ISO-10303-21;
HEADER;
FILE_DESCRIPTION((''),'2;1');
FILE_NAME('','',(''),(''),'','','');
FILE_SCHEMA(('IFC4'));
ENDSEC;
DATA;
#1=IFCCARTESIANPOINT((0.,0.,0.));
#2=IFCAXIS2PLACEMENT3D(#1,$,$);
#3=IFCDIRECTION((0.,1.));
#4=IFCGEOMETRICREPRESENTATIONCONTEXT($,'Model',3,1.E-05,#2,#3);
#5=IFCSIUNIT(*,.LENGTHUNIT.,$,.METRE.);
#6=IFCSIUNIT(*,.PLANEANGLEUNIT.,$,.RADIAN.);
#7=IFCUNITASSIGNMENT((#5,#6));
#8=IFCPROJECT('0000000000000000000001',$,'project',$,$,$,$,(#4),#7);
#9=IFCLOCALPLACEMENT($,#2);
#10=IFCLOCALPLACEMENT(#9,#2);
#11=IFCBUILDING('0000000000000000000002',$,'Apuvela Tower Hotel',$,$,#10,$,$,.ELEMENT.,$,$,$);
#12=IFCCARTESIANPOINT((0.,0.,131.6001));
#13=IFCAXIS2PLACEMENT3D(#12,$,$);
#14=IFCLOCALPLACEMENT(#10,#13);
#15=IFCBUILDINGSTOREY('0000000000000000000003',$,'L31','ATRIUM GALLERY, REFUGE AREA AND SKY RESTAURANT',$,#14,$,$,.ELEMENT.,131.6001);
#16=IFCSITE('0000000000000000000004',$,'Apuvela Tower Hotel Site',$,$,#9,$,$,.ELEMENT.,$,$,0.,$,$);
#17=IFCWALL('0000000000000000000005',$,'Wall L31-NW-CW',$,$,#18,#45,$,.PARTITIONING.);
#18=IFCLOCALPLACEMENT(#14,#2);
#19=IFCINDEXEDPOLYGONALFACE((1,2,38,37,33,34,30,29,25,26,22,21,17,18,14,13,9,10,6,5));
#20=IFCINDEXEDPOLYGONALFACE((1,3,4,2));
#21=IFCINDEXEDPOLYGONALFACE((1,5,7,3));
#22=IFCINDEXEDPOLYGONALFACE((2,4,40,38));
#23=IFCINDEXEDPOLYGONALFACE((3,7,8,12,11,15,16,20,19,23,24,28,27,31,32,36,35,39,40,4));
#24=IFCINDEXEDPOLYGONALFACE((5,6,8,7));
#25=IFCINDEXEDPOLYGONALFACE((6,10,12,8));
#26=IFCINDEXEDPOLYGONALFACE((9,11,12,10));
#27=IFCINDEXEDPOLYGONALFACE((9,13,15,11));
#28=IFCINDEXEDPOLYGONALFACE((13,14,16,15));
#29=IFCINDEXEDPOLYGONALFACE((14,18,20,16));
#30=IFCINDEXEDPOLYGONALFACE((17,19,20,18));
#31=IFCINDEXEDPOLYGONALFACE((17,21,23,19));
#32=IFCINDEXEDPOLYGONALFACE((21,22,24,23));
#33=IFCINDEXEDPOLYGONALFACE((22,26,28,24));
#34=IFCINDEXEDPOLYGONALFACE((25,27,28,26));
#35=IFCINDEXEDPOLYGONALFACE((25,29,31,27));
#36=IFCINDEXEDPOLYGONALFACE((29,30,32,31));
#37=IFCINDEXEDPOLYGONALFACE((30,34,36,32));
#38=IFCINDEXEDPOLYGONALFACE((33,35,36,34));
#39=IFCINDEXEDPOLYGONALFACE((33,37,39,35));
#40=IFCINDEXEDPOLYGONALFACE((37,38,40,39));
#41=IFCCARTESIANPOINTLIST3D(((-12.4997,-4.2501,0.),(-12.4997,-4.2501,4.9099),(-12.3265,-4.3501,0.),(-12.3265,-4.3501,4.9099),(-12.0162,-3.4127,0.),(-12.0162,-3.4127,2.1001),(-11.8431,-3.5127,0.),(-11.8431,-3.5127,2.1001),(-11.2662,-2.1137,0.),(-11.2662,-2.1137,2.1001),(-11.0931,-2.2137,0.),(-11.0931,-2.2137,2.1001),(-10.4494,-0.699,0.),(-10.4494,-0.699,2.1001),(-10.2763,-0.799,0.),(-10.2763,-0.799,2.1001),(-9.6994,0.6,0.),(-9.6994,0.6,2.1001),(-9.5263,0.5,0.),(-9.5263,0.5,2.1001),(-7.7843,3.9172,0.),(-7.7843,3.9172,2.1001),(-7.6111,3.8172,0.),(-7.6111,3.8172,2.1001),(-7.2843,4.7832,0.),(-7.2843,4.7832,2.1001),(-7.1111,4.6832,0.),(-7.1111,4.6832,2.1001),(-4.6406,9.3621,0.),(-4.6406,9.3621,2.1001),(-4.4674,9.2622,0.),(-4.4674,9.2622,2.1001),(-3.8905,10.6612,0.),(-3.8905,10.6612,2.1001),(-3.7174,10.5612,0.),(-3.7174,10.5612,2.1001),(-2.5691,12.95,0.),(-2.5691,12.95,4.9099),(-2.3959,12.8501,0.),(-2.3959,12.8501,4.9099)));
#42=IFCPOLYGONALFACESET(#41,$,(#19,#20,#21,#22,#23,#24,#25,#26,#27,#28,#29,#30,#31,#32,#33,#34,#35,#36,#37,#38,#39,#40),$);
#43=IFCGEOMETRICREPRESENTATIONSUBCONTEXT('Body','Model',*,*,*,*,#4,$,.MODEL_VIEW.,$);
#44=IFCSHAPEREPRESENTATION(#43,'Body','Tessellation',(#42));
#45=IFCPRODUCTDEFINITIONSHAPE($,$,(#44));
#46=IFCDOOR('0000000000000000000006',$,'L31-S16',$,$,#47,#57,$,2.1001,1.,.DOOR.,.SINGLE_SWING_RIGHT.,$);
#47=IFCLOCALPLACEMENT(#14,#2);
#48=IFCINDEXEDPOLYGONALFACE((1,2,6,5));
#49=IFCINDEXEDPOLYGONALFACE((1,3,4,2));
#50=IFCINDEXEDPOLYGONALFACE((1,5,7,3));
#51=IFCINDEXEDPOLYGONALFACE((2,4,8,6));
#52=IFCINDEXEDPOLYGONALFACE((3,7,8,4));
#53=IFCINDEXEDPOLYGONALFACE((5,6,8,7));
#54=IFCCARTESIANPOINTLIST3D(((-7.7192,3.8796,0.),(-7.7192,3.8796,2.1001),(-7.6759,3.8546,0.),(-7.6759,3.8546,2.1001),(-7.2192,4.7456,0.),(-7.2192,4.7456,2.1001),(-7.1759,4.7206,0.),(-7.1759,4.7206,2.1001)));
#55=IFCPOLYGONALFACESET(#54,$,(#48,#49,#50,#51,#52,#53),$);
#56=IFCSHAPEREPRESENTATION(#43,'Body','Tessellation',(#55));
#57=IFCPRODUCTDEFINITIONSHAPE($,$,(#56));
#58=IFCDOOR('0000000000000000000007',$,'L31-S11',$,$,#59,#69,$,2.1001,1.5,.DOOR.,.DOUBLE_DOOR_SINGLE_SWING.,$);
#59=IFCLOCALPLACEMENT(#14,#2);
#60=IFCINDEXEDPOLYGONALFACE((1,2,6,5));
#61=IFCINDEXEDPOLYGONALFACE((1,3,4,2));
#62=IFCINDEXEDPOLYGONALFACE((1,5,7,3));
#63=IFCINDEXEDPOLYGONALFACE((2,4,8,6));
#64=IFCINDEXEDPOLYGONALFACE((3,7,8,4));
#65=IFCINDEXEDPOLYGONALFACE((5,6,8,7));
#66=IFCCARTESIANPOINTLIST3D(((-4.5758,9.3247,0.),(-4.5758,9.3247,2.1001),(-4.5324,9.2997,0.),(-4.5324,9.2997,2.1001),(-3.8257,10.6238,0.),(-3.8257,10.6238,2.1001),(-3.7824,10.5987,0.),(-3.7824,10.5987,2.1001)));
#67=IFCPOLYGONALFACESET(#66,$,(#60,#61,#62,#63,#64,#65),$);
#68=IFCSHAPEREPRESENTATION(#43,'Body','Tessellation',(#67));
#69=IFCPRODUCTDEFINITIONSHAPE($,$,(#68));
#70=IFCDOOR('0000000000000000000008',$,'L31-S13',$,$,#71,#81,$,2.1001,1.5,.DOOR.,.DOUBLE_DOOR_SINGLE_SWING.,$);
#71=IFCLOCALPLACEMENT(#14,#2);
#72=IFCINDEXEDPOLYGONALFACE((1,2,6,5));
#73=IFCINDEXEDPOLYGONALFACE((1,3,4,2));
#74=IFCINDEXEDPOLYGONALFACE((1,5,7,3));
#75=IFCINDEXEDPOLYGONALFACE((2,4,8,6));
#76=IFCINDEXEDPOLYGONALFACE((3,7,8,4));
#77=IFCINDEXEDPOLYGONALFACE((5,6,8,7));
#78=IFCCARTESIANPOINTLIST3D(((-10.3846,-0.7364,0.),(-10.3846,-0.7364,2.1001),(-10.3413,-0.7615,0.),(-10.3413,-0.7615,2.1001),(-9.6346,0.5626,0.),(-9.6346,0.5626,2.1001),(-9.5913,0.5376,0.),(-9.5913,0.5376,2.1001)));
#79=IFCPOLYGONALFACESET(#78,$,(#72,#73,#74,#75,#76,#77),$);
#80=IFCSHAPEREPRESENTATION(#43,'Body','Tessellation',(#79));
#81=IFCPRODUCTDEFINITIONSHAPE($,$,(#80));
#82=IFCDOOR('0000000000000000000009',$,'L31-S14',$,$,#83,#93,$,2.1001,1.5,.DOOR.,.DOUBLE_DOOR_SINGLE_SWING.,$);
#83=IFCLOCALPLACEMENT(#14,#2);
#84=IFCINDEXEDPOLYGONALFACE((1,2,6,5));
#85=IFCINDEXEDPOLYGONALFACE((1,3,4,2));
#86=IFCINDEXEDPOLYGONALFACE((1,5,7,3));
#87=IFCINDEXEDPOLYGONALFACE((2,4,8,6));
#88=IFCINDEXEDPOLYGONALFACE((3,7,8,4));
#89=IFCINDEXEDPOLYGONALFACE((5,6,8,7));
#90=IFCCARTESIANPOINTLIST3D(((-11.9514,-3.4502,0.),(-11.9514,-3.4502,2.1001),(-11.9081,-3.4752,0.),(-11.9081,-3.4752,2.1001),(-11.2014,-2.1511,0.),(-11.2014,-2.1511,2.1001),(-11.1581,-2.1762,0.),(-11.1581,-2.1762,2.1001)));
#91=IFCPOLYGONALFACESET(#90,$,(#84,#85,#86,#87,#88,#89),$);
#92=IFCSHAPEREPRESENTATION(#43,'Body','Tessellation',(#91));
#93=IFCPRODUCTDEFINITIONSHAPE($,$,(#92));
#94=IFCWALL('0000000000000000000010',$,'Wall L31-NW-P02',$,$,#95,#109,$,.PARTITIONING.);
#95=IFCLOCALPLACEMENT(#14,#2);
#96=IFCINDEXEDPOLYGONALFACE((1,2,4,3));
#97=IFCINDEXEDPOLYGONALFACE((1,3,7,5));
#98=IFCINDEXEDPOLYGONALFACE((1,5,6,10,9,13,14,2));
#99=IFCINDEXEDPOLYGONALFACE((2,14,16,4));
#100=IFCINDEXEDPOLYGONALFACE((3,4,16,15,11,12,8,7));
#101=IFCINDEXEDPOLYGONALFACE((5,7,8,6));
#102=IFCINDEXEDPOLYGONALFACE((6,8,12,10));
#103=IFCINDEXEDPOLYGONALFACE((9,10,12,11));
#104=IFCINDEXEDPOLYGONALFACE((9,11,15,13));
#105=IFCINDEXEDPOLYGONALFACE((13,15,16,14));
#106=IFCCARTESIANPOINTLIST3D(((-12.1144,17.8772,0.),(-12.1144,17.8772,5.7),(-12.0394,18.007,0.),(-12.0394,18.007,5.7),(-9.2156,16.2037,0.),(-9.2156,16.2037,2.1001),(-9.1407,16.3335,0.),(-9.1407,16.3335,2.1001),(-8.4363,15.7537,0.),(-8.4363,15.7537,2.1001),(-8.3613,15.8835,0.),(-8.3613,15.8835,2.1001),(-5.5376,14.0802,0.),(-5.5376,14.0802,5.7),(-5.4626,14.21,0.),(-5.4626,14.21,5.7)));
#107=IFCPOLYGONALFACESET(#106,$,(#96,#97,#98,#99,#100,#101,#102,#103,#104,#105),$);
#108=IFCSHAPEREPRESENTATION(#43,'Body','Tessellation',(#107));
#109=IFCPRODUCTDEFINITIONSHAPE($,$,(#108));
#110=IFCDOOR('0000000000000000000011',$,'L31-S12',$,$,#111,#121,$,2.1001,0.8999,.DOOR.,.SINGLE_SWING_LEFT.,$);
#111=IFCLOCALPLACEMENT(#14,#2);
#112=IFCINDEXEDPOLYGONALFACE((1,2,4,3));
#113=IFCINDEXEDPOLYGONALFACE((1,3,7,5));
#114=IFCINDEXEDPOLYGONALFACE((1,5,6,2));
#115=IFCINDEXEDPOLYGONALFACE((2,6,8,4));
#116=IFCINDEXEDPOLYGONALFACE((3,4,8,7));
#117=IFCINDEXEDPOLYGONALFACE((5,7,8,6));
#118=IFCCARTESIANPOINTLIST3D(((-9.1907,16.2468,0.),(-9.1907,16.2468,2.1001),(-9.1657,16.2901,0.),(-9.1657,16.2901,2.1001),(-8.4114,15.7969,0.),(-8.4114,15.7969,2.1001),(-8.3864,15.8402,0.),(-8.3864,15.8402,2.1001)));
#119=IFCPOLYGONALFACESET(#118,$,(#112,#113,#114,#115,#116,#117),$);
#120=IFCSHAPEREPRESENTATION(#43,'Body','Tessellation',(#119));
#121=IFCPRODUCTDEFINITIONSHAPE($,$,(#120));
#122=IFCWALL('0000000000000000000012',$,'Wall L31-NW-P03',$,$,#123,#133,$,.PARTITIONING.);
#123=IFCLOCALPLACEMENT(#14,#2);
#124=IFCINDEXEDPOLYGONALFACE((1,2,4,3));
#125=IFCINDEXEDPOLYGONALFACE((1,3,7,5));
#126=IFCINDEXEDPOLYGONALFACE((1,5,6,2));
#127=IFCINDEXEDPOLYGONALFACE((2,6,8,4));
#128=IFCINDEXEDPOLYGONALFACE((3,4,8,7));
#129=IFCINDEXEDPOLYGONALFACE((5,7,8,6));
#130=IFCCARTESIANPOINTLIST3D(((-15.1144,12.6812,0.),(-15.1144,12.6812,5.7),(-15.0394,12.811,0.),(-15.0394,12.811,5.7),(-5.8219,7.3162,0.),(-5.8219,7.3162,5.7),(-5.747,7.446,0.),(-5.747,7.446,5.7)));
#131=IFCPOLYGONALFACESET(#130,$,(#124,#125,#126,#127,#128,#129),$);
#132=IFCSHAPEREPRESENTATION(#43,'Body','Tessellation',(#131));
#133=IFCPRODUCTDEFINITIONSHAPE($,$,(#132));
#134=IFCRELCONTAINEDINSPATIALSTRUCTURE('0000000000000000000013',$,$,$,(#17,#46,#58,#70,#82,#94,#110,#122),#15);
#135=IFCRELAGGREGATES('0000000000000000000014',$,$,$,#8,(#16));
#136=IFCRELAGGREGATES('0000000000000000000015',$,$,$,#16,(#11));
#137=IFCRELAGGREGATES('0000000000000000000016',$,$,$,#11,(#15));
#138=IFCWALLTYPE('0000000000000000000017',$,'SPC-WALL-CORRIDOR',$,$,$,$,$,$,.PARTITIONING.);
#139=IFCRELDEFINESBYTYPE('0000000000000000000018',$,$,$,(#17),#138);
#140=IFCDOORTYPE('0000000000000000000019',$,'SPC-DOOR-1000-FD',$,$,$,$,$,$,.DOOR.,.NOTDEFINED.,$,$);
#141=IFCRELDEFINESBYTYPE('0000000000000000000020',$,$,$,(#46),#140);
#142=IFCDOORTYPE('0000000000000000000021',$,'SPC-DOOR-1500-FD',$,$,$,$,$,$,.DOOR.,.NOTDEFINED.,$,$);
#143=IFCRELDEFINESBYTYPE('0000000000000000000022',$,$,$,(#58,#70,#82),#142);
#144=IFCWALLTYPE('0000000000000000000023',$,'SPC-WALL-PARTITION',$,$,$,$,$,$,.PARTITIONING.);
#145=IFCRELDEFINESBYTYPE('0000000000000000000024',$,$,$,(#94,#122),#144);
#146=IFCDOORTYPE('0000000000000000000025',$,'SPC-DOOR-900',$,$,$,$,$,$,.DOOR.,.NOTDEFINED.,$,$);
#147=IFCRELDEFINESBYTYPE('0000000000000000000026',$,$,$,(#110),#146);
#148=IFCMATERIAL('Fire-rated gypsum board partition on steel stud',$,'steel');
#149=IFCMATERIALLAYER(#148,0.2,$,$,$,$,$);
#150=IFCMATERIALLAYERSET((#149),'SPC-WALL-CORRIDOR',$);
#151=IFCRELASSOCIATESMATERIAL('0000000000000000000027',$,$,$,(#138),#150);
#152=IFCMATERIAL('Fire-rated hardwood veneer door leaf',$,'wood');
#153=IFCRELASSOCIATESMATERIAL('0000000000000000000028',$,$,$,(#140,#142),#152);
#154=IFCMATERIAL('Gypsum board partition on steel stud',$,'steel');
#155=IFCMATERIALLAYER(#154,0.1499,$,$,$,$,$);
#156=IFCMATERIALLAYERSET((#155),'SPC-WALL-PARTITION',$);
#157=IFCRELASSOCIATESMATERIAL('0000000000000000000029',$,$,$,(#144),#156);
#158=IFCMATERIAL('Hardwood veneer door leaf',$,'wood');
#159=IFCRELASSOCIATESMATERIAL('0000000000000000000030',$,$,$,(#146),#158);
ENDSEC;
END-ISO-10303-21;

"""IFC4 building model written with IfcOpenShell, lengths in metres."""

from ifc_helpers import new_model, si_unit, direction, frame, frame_2d, origin, place, context, subcontext, project, spatial, rectangle, extrude, material, layer, layer_set, type_object, element, fill, save


model = new_model("IFC4")

# Units and contexts
model_context = context("Model", 3, precision=1e-05, world=origin(), true_north=direction((0.0, 1.0)))
body_context = subcontext(model_context, "Body", "Model", "MODEL_VIEW")
ifc_project = project(units=[si_unit("LENGTHUNIT", "METRE"), si_unit("PLANEANGLEUNIT", "RADIAN")], contexts=[model_context])

# Site, building, storey
site_placement = place(None, origin())
site = spatial("IfcSite", under=ifc_project, at=site_placement, Name="Apuvela Tower Hotel Site", CompositionType="ELEMENT", RefElevation=0.0)
building_placement = place(site_placement, origin())
building = spatial("IfcBuilding", under=site, at=building_placement, Name="Apuvela Tower Hotel", CompositionType="ELEMENT")
storey_placement = place(building_placement, frame((0.0, 0.0, 131.6001)))
storey = spatial("IfcBuildingStorey", under=building, at=storey_placement, Name="L31", Description="ATRIUM GALLERY, REFUGE AREA AND SKY RESTAURANT", CompositionType="ELEMENT", Elevation=131.6001)

# Wall, openings, doors
ifc_material_1 = material(Name="Fire-rated gypsum board partition on steel stud", Category="steel")
ifc_layer_1 = layer(ifc_material_1, 0.2)
ifc_layer_set_1 = layer_set([ifc_layer_1], Name="SPC-WALL-CORRIDOR")
wall_type_1 = type_object("IfcWallType", Name="SPC-WALL-CORRIDOR", PredefinedType="PARTITIONING", material=ifc_layer_set_1)
wall_1_placement = place(storey_placement, frame((-2.4824, 12.9001, 0.0), z_axis=(0.0, 0.0, 1.0), x_axis=(-0.500005, -0.866023, 0.0)))
wall_1 = element("IfcWall", 1, at=wall_1_placement, inside=storey, type_object=wall_type_1, Name="Wall L31-NW-CW", PredefinedType="PARTITIONING", context=body_context, shape_type="SweptSolid", body=[
    extrude(rectangle(XDim=19.8611, YDim=0.2, at=frame_2d((9.9307, 0.0))), origin(), (0.0, 0.0, 1.0), 4.9099),
])
opening_1_placement = place(wall_1_placement, frame((2.6431, 0.0, 0.0)))
opening_1 = element("IfcOpeningElement", 2, at=opening_1_placement, cuts=wall_1, PredefinedType="OPENING", context=body_context, shape_type="SweptSolid", body=[
    extrude(rectangle(XDim=1.5, YDim=2.1001, at=frame_2d((0.75, 1.05))), frame((0.0, 0.1099, 0.0), z_axis=(0.0, -1.0, 0.0), x_axis=(1.0, 0.0, 0.0)), (0.0, 0.0, 1.0), 0.22),
])
opening_2_placement = place(wall_1_placement, frame((14.2607, 0.0, 0.0)))
opening_2 = element("IfcOpeningElement", 3, at=opening_2_placement, cuts=wall_1, PredefinedType="OPENING", context=body_context, shape_type="SweptSolid", body=[
    extrude(rectangle(XDim=1.5, YDim=2.1001, at=frame_2d((0.75, 1.05))), frame((0.0, 0.1099, 0.0), z_axis=(0.0, -1.0, 0.0), x_axis=(1.0, 0.0, 0.0)), (0.0, 0.0, 1.0), 0.22),
])
opening_3_placement = place(wall_1_placement, frame((17.3943, 0.0, 0.0)))
opening_3 = element("IfcOpeningElement", 4, at=opening_3_placement, cuts=wall_1, PredefinedType="OPENING", context=body_context, shape_type="SweptSolid", body=[
    extrude(rectangle(XDim=1.5, YDim=2.1001, at=frame_2d((0.75, 1.05))), frame((0.0, 0.1099, 0.0), z_axis=(0.0, -1.0, 0.0), x_axis=(1.0, 0.0, 0.0)), (0.0, 0.0, 1.0), 0.22),
])
opening_4_placement = place(wall_1_placement, frame((9.4304, 0.0, 0.0)))
opening_4 = element("IfcOpeningElement", 5, at=opening_4_placement, cuts=wall_1, PredefinedType="OPENING", context=body_context, shape_type="SweptSolid", body=[
    extrude(rectangle(XDim=1.0, YDim=2.1001, at=frame_2d((0.5, 1.05))), frame((0.0, 0.1099, 0.0), z_axis=(0.0, -1.0, 0.0), x_axis=(1.0, 0.0, 0.0)), (0.0, 0.0, 1.0), 0.22),
])
ifc_material_2 = material(Name="Fire-rated hardwood veneer door leaf", Category="wood")
door_type_1 = type_object("IfcDoorType", Name="SPC-DOOR-1000-FD", OperationType="NOTDEFINED", PredefinedType="DOOR", material=ifc_material_2)
door_1_placement = place(opening_4_placement, frame((1.0, 0.0, 0.0), z_axis=(0.0, 0.0, 1.0), x_axis=(-1.0, 0.0, 0.0)))
door_1 = element("IfcDoor", 6, at=door_1_placement, inside=storey, type_object=door_type_1, Name="L31-S16", OperationType="SINGLE_SWING_RIGHT", OverallHeight=2.1001, OverallWidth=1.0, PredefinedType="DOOR", context=body_context, shape_type="SweptSolid", body=[
    extrude(rectangle(XDim=1.0, YDim=2.1001, at=frame_2d((0.5, 1.05))), frame((0.0, 0.0249, 0.0), z_axis=(0.0, -1.0, 0.0), x_axis=(1.0, 0.0, 0.0)), (0.0, 0.0, 1.0), 0.05),
])
fill(opening_4, door_1)
door_type_2 = type_object("IfcDoorType", Name="SPC-DOOR-1500-FD", OperationType="NOTDEFINED", PredefinedType="DOOR", material=ifc_material_2)
door_2_placement = place(opening_1_placement, origin())
door_2 = element("IfcDoor", 7, at=door_2_placement, inside=storey, type_object=door_type_2, Name="L31-S11", OperationType="DOUBLE_DOOR_SINGLE_SWING", OverallHeight=2.1001, OverallWidth=1.5, PredefinedType="DOOR", context=body_context, shape_type="SweptSolid", body=[
    extrude(rectangle(XDim=1.5, YDim=2.1001, at=frame_2d((0.75, 1.05))), frame((0.0, 0.0249, 0.0), z_axis=(0.0, -1.0, 0.0), x_axis=(1.0, 0.0, 0.0)), (0.0, 0.0, 1.0), 0.05),
])
fill(opening_1, door_2)
door_3_placement = place(opening_2_placement, origin())
door_3 = element("IfcDoor", 8, at=door_3_placement, inside=storey, type_object=door_type_2, Name="L31-S13", OperationType="DOUBLE_DOOR_SINGLE_SWING", OverallHeight=2.1001, OverallWidth=1.5, PredefinedType="DOOR", context=body_context, shape_type="SweptSolid", body=[
    extrude(rectangle(XDim=1.5, YDim=2.1001, at=frame_2d((0.75, 1.05))), frame((0.0, 0.0249, 0.0), z_axis=(0.0, -1.0, 0.0), x_axis=(1.0, 0.0, 0.0)), (0.0, 0.0, 1.0), 0.05),
])
fill(opening_2, door_3)
door_4_placement = place(opening_3_placement, origin())
door_4 = element("IfcDoor", 9, at=door_4_placement, inside=storey, type_object=door_type_2, Name="L31-S14", OperationType="DOUBLE_DOOR_SINGLE_SWING", OverallHeight=2.1001, OverallWidth=1.5, PredefinedType="DOOR", context=body_context, shape_type="SweptSolid", body=[
    extrude(rectangle(XDim=1.5, YDim=2.1001, at=frame_2d((0.75, 1.05))), frame((0.0, 0.0249, 0.0), z_axis=(0.0, -1.0, 0.0), x_axis=(1.0, 0.0, 0.0)), (0.0, 0.0, 1.0), 0.05),
])
fill(opening_3, door_4)

# Wall, opening, door
ifc_material_3 = material(Name="Gypsum board partition on steel stud", Category="steel")
ifc_layer_2 = layer(ifc_material_3, 0.1499)
ifc_layer_set_2 = layer_set([ifc_layer_2], Name="SPC-WALL-PARTITION")
wall_type_2 = type_object("IfcWallType", Name="SPC-WALL-PARTITION", PredefinedType="PARTITIONING", material=ifc_layer_set_2)
wall_2_placement = place(storey_placement, frame((-12.0769, 17.9421, 0.0), z_axis=(0.0, 0.0, 1.0), x_axis=(0.866029, -0.499994, 0.0)))
wall_2 = element("IfcWall", 10, at=wall_2_placement, inside=storey, type_object=wall_type_2, Name="Wall L31-NW-P02", PredefinedType="PARTITIONING", context=body_context, shape_type="SweptSolid", body=[
    extrude(rectangle(XDim=7.5942, YDim=0.1499, at=frame_2d((3.7971, 0.0))), origin(), (0.0, 0.0, 1.0), 5.7),
])
opening_5_placement = place(wall_2_placement, frame((3.3472, 0.0, 0.0)))
opening_5 = element("IfcOpeningElement", 11, at=opening_5_placement, cuts=wall_2, PredefinedType="OPENING", context=body_context, shape_type="SweptSolid", body=[
    extrude(rectangle(XDim=0.8999, YDim=2.1001, at=frame_2d((0.45, 1.05))), frame((0.0, 0.085, 0.0), z_axis=(0.0, -1.0, 0.0), x_axis=(1.0, 0.0, 0.0)), (0.0, 0.0, 1.0), 0.1699),
])
ifc_material_4 = material(Name="Hardwood veneer door leaf", Category="wood")
door_type_3 = type_object("IfcDoorType", Name="SPC-DOOR-900", OperationType="NOTDEFINED", PredefinedType="DOOR", material=ifc_material_4)
door_5_placement = place(opening_5_placement, origin())
door_5 = element("IfcDoor", 12, at=door_5_placement, inside=storey, type_object=door_type_3, Name="L31-S12", OperationType="SINGLE_SWING_LEFT", OverallHeight=2.1001, OverallWidth=0.8999, PredefinedType="DOOR", context=body_context, shape_type="SweptSolid", body=[
    extrude(rectangle(XDim=0.8999, YDim=2.1001, at=frame_2d((0.45, 1.05))), frame((0.0, 0.0249, 0.0), z_axis=(0.0, -1.0, 0.0), x_axis=(1.0, 0.0, 0.0)), (0.0, 0.0, 1.0), 0.05),
])
fill(opening_5, door_5)

# Wall
wall_3_placement = place(storey_placement, frame((-15.0769, 12.7461, 0.0), z_axis=(0.0, 0.0, 1.0), x_axis=(0.866026, -0.499998, 0.0)))
element("IfcWall", 13, at=wall_3_placement, inside=storey, type_object=wall_type_2, Name="Wall L31-NW-P03", PredefinedType="PARTITIONING", context=body_context, shape_type="SweptSolid", body=[
    extrude(rectangle(XDim=10.73, YDim=0.1499, at=frame_2d((5.365, 0.0))), origin(), (0.0, 0.0, 1.0), 5.7),
])

save(model, "model.ifc")
